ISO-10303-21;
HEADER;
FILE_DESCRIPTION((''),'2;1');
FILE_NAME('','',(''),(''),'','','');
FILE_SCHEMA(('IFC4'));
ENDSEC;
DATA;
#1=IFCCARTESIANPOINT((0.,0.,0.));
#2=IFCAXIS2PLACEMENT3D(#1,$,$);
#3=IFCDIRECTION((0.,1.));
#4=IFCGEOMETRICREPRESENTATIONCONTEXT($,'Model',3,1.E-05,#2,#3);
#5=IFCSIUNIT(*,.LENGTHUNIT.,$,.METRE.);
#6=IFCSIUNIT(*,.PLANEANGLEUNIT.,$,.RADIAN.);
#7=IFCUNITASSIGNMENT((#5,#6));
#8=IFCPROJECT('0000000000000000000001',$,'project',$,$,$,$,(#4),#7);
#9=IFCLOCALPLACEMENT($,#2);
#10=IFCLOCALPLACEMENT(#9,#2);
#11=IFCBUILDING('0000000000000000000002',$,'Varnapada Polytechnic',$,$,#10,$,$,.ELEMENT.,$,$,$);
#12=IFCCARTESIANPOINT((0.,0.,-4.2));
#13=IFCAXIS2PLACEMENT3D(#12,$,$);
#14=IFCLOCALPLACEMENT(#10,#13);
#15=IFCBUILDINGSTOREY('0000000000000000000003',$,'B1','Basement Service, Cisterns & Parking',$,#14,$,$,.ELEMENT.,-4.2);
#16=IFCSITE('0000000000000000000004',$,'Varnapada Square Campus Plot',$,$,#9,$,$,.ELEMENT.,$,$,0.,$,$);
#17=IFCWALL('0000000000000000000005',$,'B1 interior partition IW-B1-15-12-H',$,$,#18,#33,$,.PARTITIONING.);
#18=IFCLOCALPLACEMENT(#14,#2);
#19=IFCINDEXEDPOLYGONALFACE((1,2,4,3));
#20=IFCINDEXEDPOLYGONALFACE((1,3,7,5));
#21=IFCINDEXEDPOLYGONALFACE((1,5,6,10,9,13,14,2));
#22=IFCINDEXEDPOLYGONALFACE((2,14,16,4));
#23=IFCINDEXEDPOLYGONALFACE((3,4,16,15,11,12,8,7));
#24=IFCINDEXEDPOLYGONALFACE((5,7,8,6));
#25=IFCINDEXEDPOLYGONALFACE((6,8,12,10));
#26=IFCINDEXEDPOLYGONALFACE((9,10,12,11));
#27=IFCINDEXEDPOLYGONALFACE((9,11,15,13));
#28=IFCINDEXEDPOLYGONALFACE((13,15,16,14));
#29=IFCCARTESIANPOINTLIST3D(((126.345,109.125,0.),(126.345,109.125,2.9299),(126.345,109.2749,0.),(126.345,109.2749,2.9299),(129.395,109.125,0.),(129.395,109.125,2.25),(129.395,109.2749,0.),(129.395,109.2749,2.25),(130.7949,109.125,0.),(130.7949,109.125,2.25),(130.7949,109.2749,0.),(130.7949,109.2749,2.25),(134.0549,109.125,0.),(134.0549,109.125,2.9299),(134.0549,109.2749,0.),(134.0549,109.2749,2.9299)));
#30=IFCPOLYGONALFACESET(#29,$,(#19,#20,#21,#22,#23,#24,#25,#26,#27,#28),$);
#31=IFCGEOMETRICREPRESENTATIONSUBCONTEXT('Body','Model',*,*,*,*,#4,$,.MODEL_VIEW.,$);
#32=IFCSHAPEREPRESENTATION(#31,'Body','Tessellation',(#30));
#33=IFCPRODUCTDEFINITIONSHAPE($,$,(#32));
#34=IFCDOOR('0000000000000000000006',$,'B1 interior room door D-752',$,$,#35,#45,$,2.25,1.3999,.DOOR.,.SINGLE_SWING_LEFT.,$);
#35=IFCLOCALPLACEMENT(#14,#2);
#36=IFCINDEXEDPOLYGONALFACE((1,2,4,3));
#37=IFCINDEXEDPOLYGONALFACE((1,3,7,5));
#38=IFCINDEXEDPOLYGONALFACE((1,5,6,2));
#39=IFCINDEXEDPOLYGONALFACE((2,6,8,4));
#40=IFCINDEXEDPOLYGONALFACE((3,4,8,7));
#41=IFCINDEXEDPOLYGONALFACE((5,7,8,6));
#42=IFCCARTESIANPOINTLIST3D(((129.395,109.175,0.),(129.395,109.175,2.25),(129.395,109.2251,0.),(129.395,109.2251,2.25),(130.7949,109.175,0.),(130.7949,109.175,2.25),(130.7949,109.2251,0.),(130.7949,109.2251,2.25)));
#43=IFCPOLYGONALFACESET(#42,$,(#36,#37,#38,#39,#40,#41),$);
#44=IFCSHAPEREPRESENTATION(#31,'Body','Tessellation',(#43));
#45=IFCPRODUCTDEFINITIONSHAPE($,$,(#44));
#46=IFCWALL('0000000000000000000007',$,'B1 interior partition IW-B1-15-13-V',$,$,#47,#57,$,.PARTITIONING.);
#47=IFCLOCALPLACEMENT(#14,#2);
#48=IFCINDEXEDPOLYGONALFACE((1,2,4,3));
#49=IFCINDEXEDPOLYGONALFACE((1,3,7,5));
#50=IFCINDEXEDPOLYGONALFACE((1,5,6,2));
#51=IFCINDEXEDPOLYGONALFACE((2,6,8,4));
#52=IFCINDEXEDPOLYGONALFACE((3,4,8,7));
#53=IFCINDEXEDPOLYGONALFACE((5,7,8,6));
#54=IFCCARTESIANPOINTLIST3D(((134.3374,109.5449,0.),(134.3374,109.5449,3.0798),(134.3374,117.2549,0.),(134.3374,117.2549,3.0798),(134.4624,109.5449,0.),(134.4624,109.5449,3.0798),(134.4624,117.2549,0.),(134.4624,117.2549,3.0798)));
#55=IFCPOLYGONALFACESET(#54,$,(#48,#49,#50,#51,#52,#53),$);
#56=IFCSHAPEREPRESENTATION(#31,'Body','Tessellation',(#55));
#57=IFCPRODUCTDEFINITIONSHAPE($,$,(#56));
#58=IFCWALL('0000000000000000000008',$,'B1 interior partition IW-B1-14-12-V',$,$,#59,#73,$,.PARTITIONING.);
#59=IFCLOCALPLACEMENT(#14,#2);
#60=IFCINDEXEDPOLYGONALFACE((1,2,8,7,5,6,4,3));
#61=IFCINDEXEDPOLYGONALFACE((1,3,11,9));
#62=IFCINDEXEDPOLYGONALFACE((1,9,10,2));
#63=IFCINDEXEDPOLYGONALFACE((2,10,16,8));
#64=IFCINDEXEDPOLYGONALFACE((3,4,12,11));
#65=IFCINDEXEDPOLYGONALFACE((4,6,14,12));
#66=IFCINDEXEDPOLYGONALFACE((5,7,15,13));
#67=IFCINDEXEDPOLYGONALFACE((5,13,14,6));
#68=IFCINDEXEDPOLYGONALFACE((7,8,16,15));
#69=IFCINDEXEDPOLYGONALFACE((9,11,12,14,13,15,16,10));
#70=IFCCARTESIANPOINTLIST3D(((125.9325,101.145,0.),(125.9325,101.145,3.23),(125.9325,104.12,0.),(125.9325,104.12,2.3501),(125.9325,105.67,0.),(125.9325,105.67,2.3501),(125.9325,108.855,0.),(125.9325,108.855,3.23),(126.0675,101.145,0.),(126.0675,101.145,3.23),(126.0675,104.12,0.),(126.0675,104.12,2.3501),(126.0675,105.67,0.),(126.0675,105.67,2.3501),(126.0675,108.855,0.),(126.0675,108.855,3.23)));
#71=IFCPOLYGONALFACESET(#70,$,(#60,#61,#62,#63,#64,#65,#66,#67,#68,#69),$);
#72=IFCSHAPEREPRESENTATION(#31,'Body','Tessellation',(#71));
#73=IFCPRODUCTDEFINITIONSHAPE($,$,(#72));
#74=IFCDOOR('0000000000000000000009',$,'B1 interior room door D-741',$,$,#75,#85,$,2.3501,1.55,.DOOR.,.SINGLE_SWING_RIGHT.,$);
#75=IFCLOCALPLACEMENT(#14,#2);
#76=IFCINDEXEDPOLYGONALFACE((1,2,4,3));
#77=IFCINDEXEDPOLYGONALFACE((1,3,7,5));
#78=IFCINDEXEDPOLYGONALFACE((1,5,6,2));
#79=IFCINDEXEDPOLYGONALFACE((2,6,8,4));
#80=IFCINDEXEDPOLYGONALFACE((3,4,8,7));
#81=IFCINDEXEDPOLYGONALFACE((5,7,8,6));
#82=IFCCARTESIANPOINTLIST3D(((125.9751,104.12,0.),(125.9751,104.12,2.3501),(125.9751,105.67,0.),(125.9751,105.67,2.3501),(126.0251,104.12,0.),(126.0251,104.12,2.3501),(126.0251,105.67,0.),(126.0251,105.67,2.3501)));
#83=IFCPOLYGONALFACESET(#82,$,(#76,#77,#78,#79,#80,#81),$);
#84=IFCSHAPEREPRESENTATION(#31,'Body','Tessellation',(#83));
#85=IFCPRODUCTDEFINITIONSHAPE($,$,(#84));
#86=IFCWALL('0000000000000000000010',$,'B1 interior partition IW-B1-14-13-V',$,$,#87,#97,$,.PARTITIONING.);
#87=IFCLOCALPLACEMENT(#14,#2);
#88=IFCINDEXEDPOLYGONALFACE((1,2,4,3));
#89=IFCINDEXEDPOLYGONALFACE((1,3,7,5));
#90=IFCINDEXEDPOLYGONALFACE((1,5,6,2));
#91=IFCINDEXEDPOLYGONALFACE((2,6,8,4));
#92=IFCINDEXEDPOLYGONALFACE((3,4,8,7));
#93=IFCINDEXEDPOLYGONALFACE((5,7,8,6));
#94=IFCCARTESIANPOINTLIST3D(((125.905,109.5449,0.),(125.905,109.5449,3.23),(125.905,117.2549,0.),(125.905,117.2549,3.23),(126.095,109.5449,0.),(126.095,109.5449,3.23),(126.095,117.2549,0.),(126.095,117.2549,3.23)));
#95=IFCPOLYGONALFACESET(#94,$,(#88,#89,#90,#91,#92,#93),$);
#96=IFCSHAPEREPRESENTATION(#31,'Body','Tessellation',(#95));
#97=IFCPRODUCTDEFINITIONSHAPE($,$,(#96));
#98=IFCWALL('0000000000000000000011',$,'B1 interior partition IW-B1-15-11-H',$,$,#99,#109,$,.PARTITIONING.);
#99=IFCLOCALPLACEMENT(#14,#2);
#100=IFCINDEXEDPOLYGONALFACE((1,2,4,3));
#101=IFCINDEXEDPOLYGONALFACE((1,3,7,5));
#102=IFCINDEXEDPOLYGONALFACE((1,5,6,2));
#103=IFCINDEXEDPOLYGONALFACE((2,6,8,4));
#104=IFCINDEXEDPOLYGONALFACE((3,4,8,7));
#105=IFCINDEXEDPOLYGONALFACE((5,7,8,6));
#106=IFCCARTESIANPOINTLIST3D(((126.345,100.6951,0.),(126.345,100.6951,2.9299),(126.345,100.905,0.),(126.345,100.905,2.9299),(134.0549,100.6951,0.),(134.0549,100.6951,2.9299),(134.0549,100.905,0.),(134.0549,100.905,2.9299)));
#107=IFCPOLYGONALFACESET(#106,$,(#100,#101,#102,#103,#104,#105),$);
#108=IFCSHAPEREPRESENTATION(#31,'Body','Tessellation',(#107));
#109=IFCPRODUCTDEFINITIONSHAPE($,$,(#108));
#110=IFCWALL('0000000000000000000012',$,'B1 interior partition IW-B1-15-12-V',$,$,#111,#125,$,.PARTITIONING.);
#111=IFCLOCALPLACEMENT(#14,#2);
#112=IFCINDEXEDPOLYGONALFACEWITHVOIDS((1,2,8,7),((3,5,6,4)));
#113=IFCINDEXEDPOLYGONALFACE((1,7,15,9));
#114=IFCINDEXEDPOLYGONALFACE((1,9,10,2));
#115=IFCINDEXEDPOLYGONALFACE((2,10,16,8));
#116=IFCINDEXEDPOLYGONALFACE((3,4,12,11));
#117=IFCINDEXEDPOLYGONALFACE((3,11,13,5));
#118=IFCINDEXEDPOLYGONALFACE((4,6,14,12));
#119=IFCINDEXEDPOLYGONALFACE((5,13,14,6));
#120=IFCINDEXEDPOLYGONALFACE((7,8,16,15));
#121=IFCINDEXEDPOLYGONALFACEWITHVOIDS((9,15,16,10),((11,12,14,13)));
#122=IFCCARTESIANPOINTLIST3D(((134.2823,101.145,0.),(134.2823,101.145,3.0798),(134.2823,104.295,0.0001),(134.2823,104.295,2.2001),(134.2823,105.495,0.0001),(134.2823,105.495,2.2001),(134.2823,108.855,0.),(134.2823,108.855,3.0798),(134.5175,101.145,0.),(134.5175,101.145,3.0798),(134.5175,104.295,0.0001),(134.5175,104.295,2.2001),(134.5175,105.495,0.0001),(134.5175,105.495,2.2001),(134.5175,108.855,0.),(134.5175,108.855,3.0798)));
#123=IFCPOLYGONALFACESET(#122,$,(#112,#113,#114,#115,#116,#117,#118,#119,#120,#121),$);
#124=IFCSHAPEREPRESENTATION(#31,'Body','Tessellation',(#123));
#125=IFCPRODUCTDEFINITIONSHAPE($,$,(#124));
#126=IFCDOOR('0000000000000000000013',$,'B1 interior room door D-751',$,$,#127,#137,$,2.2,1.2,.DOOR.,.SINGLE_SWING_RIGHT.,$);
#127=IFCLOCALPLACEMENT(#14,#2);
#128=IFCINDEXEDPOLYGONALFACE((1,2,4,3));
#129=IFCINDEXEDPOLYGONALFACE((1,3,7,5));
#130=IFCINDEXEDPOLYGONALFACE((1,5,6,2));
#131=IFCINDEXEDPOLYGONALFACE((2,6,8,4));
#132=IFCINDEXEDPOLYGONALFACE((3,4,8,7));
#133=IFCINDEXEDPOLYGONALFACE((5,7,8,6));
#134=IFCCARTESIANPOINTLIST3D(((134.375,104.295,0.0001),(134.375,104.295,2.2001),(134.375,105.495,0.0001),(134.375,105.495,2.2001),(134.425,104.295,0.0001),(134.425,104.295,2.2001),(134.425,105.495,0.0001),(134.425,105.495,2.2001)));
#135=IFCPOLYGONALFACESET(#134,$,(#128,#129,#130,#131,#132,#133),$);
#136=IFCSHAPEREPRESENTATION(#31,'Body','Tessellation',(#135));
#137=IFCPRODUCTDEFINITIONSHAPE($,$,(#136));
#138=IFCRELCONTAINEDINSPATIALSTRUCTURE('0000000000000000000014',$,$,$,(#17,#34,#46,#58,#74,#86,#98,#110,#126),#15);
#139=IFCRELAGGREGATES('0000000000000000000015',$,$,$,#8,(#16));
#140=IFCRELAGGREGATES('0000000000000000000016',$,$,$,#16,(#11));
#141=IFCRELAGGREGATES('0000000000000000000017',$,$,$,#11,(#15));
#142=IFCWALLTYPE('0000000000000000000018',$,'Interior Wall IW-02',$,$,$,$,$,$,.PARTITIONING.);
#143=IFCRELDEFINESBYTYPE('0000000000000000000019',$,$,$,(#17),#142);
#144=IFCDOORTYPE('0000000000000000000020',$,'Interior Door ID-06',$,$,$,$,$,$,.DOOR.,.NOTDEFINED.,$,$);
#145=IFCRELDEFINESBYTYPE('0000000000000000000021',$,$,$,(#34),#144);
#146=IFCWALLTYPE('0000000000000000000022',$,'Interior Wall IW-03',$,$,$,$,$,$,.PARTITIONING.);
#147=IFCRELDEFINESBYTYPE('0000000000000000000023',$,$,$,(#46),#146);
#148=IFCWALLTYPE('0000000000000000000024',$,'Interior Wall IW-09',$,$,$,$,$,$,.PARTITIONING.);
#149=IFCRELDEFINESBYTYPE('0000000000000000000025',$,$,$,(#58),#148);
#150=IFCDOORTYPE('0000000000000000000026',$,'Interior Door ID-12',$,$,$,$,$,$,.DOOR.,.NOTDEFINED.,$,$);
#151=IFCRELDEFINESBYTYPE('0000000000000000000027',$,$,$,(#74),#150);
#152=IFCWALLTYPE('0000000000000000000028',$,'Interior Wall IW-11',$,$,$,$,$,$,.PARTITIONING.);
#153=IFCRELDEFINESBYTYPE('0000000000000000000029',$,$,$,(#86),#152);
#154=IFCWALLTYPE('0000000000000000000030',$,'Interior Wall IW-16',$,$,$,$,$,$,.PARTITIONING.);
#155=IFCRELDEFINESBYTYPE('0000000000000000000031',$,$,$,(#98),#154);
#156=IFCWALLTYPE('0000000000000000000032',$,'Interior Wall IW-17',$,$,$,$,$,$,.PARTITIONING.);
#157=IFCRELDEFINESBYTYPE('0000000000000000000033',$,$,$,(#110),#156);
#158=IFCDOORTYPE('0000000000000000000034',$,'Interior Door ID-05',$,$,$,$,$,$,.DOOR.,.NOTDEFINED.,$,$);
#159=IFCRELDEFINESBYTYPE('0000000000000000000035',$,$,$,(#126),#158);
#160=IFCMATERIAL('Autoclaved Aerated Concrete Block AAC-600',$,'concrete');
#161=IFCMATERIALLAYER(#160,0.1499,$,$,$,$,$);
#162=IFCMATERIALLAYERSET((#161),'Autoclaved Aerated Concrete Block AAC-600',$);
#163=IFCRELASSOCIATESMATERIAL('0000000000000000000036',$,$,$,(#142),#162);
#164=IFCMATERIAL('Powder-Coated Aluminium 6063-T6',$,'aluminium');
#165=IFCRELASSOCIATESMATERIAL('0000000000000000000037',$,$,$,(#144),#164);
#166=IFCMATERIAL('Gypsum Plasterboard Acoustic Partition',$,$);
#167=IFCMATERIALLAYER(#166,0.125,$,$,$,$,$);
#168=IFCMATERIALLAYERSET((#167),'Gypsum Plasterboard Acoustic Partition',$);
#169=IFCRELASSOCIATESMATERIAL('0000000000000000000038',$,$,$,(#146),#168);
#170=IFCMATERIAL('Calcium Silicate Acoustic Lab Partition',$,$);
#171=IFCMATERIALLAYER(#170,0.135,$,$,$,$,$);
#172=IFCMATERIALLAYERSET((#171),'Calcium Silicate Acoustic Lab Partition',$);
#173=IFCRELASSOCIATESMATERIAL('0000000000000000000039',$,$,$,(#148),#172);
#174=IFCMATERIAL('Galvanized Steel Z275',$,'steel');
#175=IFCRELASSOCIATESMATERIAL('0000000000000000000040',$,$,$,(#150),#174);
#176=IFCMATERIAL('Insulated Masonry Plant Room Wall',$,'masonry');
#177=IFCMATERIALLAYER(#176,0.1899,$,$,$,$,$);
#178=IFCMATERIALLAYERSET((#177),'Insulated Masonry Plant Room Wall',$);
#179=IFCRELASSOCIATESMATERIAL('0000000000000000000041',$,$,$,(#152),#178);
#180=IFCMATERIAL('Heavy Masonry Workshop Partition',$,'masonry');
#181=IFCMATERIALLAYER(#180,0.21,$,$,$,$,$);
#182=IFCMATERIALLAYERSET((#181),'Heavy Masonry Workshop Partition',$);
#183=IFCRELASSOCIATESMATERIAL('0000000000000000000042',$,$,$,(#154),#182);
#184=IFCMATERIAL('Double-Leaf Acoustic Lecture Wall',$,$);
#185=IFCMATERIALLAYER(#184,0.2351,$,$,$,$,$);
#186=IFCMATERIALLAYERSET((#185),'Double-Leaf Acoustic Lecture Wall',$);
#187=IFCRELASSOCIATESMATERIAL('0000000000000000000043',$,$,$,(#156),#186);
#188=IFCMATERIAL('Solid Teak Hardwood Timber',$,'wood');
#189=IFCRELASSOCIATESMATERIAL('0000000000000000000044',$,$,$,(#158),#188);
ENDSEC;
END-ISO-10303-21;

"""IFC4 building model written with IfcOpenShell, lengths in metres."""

from ifc_helpers import new_model, si_unit, direction, frame, frame_2d, origin, place, context, subcontext, project, spatial, rectangle, extrude, material, layer, layer_set, type_object, element, fill, save


model = new_model("IFC4")

# Units and contexts
model_context = context("Model", 3, precision=1e-05, world=origin(), true_north=direction((0.0, 1.0)))
body_context = subcontext(model_context, "Body", "Model", "MODEL_VIEW")
ifc_project = project(units=[si_unit("LENGTHUNIT", "METRE"), si_unit("PLANEANGLEUNIT", "RADIAN")], contexts=[model_context])

# Site, building, storey
site_placement = place(None, origin())
site = spatial("IfcSite", under=ifc_project, at=site_placement, Name="Varnapada Square Campus Plot", CompositionType="ELEMENT", RefElevation=0.0)
building_placement = place(site_placement, origin())
building = spatial("IfcBuilding", under=site, at=building_placement, Name="Varnapada Polytechnic", CompositionType="ELEMENT")
storey_placement = place(building_placement, frame((0.0, 0.0, -4.2)))
storey = spatial("IfcBuildingStorey", under=building, at=storey_placement, Name="B1", Description="Basement Service, Cisterns & Parking", CompositionType="ELEMENT", Elevation=-4.2)

# Wall, opening, door
ifc_material_1 = material(Name="Autoclaved Aerated Concrete Block AAC-600", Category="concrete")
ifc_layer_1 = layer(ifc_material_1, 0.1499)
ifc_layer_set_1 = layer_set([ifc_layer_1], Name="Autoclaved Aerated Concrete Block AAC-600")
wall_type_1 = type_object("IfcWallType", Name="Interior Wall IW-02", PredefinedType="PARTITIONING", material=ifc_layer_set_1)
wall_1_placement = place(storey_placement, frame((126.345, 109.2, 0.0), z_axis=(0.0, 0.0, 1.0), x_axis=(1.0, 0.0, 0.0)))
wall_1 = element("IfcWall", 1, at=wall_1_placement, inside=storey, type_object=wall_type_1, Name="B1 interior partition IW-B1-15-12-H", PredefinedType="PARTITIONING", context=body_context, shape_type="SweptSolid", body=[
    extrude(rectangle(XDim=7.71, YDim=0.1499, at=frame_2d((3.855, 0.0))), origin(), (0.0, 0.0, 1.0), 2.9299),
])
opening_1_placement = place(wall_1_placement, frame((3.05, 0.0, 0.0)))
opening_1 = element("IfcOpeningElement", 2, at=opening_1_placement, cuts=wall_1, PredefinedType="OPENING", context=body_context, shape_type="SweptSolid", body=[
    extrude(rectangle(XDim=1.3999, YDim=2.25, at=frame_2d((0.7, 1.125))), frame((0.0, 0.085, 0.0), z_axis=(0.0, -1.0, 0.0), x_axis=(1.0, 0.0, 0.0)), (0.0, 0.0, 1.0), 0.1699),
])
ifc_material_2 = material(Name="Powder-Coated Aluminium 6063-T6", Category="aluminium")
door_type_1 = type_object("IfcDoorType", Name="Interior Door ID-06", OperationType="NOTDEFINED", PredefinedType="DOOR", material=ifc_material_2)
door_1_placement = place(opening_1_placement, frame((1.3999, 0.0, 0.0), z_axis=(0.0, 0.0, 1.0), x_axis=(-1.0, 0.0, 0.0)))
door_1 = element("IfcDoor", 3, at=door_1_placement, inside=storey, type_object=door_type_1, Name="B1 interior room door D-752", OperationType="SINGLE_SWING_LEFT", OverallHeight=2.25, OverallWidth=1.3999, PredefinedType="DOOR", context=body_context, shape_type="SweptSolid", body=[
    extrude(rectangle(XDim=1.3999, YDim=2.25, at=frame_2d((0.7, 1.125))), frame((0.0, 0.0249, 0.0), z_axis=(0.0, -1.0, 0.0), x_axis=(1.0, 0.0, 0.0)), (0.0, 0.0, 1.0), 0.05),
])
fill(opening_1, door_1)

# Wall
ifc_material_3 = material(Name="Gypsum Plasterboard Acoustic Partition")
ifc_layer_2 = layer(ifc_material_3, 0.125)
ifc_layer_set_2 = layer_set([ifc_layer_2], Name="Gypsum Plasterboard Acoustic Partition")
wall_type_2 = type_object("IfcWallType", Name="Interior Wall IW-03", PredefinedType="PARTITIONING", material=ifc_layer_set_2)
wall_2_placement = place(storey_placement, frame((134.3999, 109.5449, 0.0), z_axis=(0.0, 0.0, 1.0), x_axis=(0.0, 1.0, 0.0)))
element("IfcWall", 4, at=wall_2_placement, inside=storey, type_object=wall_type_2, Name="B1 interior partition IW-B1-15-13-V", PredefinedType="PARTITIONING", context=body_context, shape_type="SweptSolid", body=[
    extrude(rectangle(XDim=7.71, YDim=0.125, at=frame_2d((3.855, 0.0))), origin(), (0.0, 0.0, 1.0), 3.0798),
])

# Wall, opening, door
ifc_material_4 = material(Name="Calcium Silicate Acoustic Lab Partition")
ifc_layer_3 = layer(ifc_material_4, 0.135)
ifc_layer_set_3 = layer_set([ifc_layer_3], Name="Calcium Silicate Acoustic Lab Partition")
wall_type_3 = type_object("IfcWallType", Name="Interior Wall IW-09", PredefinedType="PARTITIONING", material=ifc_layer_set_3)
wall_3_placement = place(storey_placement, frame((126.0, 101.145, 0.0), z_axis=(0.0, 0.0, 1.0), x_axis=(0.0, 1.0, 0.0)))
wall_3 = element("IfcWall", 5, at=wall_3_placement, inside=storey, type_object=wall_type_3, Name="B1 interior partition IW-B1-14-12-V", PredefinedType="PARTITIONING", context=body_context, shape_type="SweptSolid", body=[
    extrude(rectangle(XDim=7.71, YDim=0.135, at=frame_2d((3.855, 0.0))), origin(), (0.0, 0.0, 1.0), 3.23),
])
opening_2_placement = place(wall_3_placement, frame((2.9751, 0.0, 0.0)))
opening_2 = element("IfcOpeningElement", 6, at=opening_2_placement, cuts=wall_3, PredefinedType="OPENING", context=body_context, shape_type="SweptSolid", body=[
    extrude(rectangle(XDim=1.55, YDim=2.3501, at=frame_2d((0.7749, 1.175))), frame((0.0, 0.0774, 0.0), z_axis=(0.0, -1.0, 0.0), x_axis=(1.0, 0.0, 0.0)), (0.0, 0.0, 1.0), 0.155),
])
ifc_material_5 = material(Name="Galvanized Steel Z275", Category="steel")
door_type_2 = type_object("IfcDoorType", Name="Interior Door ID-12", OperationType="NOTDEFINED", PredefinedType="DOOR", material=ifc_material_5)
door_2_placement = place(opening_2_placement, origin())
door_2 = element("IfcDoor", 7, at=door_2_placement, inside=storey, type_object=door_type_2, Name="B1 interior room door D-741", OperationType="SINGLE_SWING_RIGHT", OverallHeight=2.3501, OverallWidth=1.55, PredefinedType="DOOR", context=body_context, shape_type="SweptSolid", body=[
    extrude(rectangle(XDim=1.55, YDim=2.3501, at=frame_2d((0.7749, 1.175))), frame((0.0, 0.0249, 0.0), z_axis=(0.0, -1.0, 0.0), x_axis=(1.0, 0.0, 0.0)), (0.0, 0.0, 1.0), 0.05),
])
fill(opening_2, door_2)

# Walls
ifc_material_6 = material(Name="Insulated Masonry Plant Room Wall", Category="masonry")
ifc_layer_4 = layer(ifc_material_6, 0.1899)
ifc_layer_set_4 = layer_set([ifc_layer_4], Name="Insulated Masonry Plant Room Wall")
wall_type_4 = type_object("IfcWallType", Name="Interior Wall IW-11", PredefinedType="PARTITIONING", material=ifc_layer_set_4)
wall_4_placement = place(storey_placement, frame((126.0, 109.5449, 0.0), z_axis=(0.0, 0.0, 1.0), x_axis=(0.0, 1.0, 0.0)))
element("IfcWall", 8, at=wall_4_placement, inside=storey, type_object=wall_type_4, Name="B1 interior partition IW-B1-14-13-V", PredefinedType="PARTITIONING", context=body_context, shape_type="SweptSolid", body=[
    extrude(rectangle(XDim=7.71, YDim=0.1899, at=frame_2d((3.855, 0.0))), origin(), (0.0, 0.0, 1.0), 3.23),
])
ifc_material_7 = material(Name="Heavy Masonry Workshop Partition", Category="masonry")
ifc_layer_5 = layer(ifc_material_7, 0.21)
ifc_layer_set_5 = layer_set([ifc_layer_5], Name="Heavy Masonry Workshop Partition")
wall_type_5 = type_object("IfcWallType", Name="Interior Wall IW-16", PredefinedType="PARTITIONING", material=ifc_layer_set_5)
wall_5_placement = place(storey_placement, frame((126.345, 100.8, 0.0), z_axis=(0.0, 0.0, 1.0), x_axis=(1.0, 0.0, 0.0)))
element("IfcWall", 9, at=wall_5_placement, inside=storey, type_object=wall_type_5, Name="B1 interior partition IW-B1-15-11-H", PredefinedType="PARTITIONING", context=body_context, shape_type="SweptSolid", body=[
    extrude(rectangle(XDim=7.71, YDim=0.21, at=frame_2d((3.855, 0.0))), origin(), (0.0, 0.0, 1.0), 2.9299),
])

# Wall, opening, door
ifc_material_8 = material(Name="Double-Leaf Acoustic Lecture Wall")
ifc_layer_6 = layer(ifc_material_8, 0.2351)
ifc_layer_set_6 = layer_set([ifc_layer_6], Name="Double-Leaf Acoustic Lecture Wall")
wall_type_6 = type_object("IfcWallType", Name="Interior Wall IW-17", PredefinedType="PARTITIONING", material=ifc_layer_set_6)
wall_6_placement = place(storey_placement, frame((134.3999, 101.145, 0.0), z_axis=(0.0, 0.0, 1.0), x_axis=(0.0, 1.0, 0.0)))
wall_6 = element("IfcWall", 10, at=wall_6_placement, inside=storey, type_object=wall_type_6, Name="B1 interior partition IW-B1-15-12-V", PredefinedType="PARTITIONING", context=body_context, shape_type="SweptSolid", body=[
    extrude(rectangle(XDim=7.71, YDim=0.2351, at=frame_2d((3.855, 0.0))), origin(), (0.0, 0.0, 1.0), 3.0798),
])
opening_3_placement = place(wall_6_placement, frame((3.1499, 0.0, 0.0)))
opening_3 = element("IfcOpeningElement", 11, at=opening_3_placement, cuts=wall_6, PredefinedType="OPENING", context=body_context, shape_type="SweptSolid", body=[
    extrude(rectangle(XDim=1.2, YDim=2.2, at=frame_2d((0.6001, 1.1001))), frame((0.0, 0.1274, 0.0), z_axis=(0.0, -1.0, 0.0), x_axis=(1.0, 0.0, 0.0)), (0.0, 0.0, 1.0), 0.2551),
])
ifc_material_9 = material(Name="Solid Teak Hardwood Timber", Category="wood")
door_type_3 = type_object("IfcDoorType", Name="Interior Door ID-05", OperationType="NOTDEFINED", PredefinedType="DOOR", material=ifc_material_9)
door_3_placement = place(opening_3_placement, origin())
door_3 = element("IfcDoor", 12, at=door_3_placement, inside=storey, type_object=door_type_3, Name="B1 interior room door D-751", OperationType="SINGLE_SWING_RIGHT", OverallHeight=2.2, OverallWidth=1.2, PredefinedType="DOOR", context=body_context, shape_type="SweptSolid", body=[
    extrude(rectangle(XDim=1.2, YDim=2.2, at=frame_2d((0.6001, 1.1001))), frame((0.0, 0.0249, 0.0), z_axis=(0.0, -1.0, 0.0), x_axis=(1.0, 0.0, 0.0)), (0.0, 0.0, 1.0), 0.05),
])
fill(opening_3, door_3)

save(model, "model.ifc")
